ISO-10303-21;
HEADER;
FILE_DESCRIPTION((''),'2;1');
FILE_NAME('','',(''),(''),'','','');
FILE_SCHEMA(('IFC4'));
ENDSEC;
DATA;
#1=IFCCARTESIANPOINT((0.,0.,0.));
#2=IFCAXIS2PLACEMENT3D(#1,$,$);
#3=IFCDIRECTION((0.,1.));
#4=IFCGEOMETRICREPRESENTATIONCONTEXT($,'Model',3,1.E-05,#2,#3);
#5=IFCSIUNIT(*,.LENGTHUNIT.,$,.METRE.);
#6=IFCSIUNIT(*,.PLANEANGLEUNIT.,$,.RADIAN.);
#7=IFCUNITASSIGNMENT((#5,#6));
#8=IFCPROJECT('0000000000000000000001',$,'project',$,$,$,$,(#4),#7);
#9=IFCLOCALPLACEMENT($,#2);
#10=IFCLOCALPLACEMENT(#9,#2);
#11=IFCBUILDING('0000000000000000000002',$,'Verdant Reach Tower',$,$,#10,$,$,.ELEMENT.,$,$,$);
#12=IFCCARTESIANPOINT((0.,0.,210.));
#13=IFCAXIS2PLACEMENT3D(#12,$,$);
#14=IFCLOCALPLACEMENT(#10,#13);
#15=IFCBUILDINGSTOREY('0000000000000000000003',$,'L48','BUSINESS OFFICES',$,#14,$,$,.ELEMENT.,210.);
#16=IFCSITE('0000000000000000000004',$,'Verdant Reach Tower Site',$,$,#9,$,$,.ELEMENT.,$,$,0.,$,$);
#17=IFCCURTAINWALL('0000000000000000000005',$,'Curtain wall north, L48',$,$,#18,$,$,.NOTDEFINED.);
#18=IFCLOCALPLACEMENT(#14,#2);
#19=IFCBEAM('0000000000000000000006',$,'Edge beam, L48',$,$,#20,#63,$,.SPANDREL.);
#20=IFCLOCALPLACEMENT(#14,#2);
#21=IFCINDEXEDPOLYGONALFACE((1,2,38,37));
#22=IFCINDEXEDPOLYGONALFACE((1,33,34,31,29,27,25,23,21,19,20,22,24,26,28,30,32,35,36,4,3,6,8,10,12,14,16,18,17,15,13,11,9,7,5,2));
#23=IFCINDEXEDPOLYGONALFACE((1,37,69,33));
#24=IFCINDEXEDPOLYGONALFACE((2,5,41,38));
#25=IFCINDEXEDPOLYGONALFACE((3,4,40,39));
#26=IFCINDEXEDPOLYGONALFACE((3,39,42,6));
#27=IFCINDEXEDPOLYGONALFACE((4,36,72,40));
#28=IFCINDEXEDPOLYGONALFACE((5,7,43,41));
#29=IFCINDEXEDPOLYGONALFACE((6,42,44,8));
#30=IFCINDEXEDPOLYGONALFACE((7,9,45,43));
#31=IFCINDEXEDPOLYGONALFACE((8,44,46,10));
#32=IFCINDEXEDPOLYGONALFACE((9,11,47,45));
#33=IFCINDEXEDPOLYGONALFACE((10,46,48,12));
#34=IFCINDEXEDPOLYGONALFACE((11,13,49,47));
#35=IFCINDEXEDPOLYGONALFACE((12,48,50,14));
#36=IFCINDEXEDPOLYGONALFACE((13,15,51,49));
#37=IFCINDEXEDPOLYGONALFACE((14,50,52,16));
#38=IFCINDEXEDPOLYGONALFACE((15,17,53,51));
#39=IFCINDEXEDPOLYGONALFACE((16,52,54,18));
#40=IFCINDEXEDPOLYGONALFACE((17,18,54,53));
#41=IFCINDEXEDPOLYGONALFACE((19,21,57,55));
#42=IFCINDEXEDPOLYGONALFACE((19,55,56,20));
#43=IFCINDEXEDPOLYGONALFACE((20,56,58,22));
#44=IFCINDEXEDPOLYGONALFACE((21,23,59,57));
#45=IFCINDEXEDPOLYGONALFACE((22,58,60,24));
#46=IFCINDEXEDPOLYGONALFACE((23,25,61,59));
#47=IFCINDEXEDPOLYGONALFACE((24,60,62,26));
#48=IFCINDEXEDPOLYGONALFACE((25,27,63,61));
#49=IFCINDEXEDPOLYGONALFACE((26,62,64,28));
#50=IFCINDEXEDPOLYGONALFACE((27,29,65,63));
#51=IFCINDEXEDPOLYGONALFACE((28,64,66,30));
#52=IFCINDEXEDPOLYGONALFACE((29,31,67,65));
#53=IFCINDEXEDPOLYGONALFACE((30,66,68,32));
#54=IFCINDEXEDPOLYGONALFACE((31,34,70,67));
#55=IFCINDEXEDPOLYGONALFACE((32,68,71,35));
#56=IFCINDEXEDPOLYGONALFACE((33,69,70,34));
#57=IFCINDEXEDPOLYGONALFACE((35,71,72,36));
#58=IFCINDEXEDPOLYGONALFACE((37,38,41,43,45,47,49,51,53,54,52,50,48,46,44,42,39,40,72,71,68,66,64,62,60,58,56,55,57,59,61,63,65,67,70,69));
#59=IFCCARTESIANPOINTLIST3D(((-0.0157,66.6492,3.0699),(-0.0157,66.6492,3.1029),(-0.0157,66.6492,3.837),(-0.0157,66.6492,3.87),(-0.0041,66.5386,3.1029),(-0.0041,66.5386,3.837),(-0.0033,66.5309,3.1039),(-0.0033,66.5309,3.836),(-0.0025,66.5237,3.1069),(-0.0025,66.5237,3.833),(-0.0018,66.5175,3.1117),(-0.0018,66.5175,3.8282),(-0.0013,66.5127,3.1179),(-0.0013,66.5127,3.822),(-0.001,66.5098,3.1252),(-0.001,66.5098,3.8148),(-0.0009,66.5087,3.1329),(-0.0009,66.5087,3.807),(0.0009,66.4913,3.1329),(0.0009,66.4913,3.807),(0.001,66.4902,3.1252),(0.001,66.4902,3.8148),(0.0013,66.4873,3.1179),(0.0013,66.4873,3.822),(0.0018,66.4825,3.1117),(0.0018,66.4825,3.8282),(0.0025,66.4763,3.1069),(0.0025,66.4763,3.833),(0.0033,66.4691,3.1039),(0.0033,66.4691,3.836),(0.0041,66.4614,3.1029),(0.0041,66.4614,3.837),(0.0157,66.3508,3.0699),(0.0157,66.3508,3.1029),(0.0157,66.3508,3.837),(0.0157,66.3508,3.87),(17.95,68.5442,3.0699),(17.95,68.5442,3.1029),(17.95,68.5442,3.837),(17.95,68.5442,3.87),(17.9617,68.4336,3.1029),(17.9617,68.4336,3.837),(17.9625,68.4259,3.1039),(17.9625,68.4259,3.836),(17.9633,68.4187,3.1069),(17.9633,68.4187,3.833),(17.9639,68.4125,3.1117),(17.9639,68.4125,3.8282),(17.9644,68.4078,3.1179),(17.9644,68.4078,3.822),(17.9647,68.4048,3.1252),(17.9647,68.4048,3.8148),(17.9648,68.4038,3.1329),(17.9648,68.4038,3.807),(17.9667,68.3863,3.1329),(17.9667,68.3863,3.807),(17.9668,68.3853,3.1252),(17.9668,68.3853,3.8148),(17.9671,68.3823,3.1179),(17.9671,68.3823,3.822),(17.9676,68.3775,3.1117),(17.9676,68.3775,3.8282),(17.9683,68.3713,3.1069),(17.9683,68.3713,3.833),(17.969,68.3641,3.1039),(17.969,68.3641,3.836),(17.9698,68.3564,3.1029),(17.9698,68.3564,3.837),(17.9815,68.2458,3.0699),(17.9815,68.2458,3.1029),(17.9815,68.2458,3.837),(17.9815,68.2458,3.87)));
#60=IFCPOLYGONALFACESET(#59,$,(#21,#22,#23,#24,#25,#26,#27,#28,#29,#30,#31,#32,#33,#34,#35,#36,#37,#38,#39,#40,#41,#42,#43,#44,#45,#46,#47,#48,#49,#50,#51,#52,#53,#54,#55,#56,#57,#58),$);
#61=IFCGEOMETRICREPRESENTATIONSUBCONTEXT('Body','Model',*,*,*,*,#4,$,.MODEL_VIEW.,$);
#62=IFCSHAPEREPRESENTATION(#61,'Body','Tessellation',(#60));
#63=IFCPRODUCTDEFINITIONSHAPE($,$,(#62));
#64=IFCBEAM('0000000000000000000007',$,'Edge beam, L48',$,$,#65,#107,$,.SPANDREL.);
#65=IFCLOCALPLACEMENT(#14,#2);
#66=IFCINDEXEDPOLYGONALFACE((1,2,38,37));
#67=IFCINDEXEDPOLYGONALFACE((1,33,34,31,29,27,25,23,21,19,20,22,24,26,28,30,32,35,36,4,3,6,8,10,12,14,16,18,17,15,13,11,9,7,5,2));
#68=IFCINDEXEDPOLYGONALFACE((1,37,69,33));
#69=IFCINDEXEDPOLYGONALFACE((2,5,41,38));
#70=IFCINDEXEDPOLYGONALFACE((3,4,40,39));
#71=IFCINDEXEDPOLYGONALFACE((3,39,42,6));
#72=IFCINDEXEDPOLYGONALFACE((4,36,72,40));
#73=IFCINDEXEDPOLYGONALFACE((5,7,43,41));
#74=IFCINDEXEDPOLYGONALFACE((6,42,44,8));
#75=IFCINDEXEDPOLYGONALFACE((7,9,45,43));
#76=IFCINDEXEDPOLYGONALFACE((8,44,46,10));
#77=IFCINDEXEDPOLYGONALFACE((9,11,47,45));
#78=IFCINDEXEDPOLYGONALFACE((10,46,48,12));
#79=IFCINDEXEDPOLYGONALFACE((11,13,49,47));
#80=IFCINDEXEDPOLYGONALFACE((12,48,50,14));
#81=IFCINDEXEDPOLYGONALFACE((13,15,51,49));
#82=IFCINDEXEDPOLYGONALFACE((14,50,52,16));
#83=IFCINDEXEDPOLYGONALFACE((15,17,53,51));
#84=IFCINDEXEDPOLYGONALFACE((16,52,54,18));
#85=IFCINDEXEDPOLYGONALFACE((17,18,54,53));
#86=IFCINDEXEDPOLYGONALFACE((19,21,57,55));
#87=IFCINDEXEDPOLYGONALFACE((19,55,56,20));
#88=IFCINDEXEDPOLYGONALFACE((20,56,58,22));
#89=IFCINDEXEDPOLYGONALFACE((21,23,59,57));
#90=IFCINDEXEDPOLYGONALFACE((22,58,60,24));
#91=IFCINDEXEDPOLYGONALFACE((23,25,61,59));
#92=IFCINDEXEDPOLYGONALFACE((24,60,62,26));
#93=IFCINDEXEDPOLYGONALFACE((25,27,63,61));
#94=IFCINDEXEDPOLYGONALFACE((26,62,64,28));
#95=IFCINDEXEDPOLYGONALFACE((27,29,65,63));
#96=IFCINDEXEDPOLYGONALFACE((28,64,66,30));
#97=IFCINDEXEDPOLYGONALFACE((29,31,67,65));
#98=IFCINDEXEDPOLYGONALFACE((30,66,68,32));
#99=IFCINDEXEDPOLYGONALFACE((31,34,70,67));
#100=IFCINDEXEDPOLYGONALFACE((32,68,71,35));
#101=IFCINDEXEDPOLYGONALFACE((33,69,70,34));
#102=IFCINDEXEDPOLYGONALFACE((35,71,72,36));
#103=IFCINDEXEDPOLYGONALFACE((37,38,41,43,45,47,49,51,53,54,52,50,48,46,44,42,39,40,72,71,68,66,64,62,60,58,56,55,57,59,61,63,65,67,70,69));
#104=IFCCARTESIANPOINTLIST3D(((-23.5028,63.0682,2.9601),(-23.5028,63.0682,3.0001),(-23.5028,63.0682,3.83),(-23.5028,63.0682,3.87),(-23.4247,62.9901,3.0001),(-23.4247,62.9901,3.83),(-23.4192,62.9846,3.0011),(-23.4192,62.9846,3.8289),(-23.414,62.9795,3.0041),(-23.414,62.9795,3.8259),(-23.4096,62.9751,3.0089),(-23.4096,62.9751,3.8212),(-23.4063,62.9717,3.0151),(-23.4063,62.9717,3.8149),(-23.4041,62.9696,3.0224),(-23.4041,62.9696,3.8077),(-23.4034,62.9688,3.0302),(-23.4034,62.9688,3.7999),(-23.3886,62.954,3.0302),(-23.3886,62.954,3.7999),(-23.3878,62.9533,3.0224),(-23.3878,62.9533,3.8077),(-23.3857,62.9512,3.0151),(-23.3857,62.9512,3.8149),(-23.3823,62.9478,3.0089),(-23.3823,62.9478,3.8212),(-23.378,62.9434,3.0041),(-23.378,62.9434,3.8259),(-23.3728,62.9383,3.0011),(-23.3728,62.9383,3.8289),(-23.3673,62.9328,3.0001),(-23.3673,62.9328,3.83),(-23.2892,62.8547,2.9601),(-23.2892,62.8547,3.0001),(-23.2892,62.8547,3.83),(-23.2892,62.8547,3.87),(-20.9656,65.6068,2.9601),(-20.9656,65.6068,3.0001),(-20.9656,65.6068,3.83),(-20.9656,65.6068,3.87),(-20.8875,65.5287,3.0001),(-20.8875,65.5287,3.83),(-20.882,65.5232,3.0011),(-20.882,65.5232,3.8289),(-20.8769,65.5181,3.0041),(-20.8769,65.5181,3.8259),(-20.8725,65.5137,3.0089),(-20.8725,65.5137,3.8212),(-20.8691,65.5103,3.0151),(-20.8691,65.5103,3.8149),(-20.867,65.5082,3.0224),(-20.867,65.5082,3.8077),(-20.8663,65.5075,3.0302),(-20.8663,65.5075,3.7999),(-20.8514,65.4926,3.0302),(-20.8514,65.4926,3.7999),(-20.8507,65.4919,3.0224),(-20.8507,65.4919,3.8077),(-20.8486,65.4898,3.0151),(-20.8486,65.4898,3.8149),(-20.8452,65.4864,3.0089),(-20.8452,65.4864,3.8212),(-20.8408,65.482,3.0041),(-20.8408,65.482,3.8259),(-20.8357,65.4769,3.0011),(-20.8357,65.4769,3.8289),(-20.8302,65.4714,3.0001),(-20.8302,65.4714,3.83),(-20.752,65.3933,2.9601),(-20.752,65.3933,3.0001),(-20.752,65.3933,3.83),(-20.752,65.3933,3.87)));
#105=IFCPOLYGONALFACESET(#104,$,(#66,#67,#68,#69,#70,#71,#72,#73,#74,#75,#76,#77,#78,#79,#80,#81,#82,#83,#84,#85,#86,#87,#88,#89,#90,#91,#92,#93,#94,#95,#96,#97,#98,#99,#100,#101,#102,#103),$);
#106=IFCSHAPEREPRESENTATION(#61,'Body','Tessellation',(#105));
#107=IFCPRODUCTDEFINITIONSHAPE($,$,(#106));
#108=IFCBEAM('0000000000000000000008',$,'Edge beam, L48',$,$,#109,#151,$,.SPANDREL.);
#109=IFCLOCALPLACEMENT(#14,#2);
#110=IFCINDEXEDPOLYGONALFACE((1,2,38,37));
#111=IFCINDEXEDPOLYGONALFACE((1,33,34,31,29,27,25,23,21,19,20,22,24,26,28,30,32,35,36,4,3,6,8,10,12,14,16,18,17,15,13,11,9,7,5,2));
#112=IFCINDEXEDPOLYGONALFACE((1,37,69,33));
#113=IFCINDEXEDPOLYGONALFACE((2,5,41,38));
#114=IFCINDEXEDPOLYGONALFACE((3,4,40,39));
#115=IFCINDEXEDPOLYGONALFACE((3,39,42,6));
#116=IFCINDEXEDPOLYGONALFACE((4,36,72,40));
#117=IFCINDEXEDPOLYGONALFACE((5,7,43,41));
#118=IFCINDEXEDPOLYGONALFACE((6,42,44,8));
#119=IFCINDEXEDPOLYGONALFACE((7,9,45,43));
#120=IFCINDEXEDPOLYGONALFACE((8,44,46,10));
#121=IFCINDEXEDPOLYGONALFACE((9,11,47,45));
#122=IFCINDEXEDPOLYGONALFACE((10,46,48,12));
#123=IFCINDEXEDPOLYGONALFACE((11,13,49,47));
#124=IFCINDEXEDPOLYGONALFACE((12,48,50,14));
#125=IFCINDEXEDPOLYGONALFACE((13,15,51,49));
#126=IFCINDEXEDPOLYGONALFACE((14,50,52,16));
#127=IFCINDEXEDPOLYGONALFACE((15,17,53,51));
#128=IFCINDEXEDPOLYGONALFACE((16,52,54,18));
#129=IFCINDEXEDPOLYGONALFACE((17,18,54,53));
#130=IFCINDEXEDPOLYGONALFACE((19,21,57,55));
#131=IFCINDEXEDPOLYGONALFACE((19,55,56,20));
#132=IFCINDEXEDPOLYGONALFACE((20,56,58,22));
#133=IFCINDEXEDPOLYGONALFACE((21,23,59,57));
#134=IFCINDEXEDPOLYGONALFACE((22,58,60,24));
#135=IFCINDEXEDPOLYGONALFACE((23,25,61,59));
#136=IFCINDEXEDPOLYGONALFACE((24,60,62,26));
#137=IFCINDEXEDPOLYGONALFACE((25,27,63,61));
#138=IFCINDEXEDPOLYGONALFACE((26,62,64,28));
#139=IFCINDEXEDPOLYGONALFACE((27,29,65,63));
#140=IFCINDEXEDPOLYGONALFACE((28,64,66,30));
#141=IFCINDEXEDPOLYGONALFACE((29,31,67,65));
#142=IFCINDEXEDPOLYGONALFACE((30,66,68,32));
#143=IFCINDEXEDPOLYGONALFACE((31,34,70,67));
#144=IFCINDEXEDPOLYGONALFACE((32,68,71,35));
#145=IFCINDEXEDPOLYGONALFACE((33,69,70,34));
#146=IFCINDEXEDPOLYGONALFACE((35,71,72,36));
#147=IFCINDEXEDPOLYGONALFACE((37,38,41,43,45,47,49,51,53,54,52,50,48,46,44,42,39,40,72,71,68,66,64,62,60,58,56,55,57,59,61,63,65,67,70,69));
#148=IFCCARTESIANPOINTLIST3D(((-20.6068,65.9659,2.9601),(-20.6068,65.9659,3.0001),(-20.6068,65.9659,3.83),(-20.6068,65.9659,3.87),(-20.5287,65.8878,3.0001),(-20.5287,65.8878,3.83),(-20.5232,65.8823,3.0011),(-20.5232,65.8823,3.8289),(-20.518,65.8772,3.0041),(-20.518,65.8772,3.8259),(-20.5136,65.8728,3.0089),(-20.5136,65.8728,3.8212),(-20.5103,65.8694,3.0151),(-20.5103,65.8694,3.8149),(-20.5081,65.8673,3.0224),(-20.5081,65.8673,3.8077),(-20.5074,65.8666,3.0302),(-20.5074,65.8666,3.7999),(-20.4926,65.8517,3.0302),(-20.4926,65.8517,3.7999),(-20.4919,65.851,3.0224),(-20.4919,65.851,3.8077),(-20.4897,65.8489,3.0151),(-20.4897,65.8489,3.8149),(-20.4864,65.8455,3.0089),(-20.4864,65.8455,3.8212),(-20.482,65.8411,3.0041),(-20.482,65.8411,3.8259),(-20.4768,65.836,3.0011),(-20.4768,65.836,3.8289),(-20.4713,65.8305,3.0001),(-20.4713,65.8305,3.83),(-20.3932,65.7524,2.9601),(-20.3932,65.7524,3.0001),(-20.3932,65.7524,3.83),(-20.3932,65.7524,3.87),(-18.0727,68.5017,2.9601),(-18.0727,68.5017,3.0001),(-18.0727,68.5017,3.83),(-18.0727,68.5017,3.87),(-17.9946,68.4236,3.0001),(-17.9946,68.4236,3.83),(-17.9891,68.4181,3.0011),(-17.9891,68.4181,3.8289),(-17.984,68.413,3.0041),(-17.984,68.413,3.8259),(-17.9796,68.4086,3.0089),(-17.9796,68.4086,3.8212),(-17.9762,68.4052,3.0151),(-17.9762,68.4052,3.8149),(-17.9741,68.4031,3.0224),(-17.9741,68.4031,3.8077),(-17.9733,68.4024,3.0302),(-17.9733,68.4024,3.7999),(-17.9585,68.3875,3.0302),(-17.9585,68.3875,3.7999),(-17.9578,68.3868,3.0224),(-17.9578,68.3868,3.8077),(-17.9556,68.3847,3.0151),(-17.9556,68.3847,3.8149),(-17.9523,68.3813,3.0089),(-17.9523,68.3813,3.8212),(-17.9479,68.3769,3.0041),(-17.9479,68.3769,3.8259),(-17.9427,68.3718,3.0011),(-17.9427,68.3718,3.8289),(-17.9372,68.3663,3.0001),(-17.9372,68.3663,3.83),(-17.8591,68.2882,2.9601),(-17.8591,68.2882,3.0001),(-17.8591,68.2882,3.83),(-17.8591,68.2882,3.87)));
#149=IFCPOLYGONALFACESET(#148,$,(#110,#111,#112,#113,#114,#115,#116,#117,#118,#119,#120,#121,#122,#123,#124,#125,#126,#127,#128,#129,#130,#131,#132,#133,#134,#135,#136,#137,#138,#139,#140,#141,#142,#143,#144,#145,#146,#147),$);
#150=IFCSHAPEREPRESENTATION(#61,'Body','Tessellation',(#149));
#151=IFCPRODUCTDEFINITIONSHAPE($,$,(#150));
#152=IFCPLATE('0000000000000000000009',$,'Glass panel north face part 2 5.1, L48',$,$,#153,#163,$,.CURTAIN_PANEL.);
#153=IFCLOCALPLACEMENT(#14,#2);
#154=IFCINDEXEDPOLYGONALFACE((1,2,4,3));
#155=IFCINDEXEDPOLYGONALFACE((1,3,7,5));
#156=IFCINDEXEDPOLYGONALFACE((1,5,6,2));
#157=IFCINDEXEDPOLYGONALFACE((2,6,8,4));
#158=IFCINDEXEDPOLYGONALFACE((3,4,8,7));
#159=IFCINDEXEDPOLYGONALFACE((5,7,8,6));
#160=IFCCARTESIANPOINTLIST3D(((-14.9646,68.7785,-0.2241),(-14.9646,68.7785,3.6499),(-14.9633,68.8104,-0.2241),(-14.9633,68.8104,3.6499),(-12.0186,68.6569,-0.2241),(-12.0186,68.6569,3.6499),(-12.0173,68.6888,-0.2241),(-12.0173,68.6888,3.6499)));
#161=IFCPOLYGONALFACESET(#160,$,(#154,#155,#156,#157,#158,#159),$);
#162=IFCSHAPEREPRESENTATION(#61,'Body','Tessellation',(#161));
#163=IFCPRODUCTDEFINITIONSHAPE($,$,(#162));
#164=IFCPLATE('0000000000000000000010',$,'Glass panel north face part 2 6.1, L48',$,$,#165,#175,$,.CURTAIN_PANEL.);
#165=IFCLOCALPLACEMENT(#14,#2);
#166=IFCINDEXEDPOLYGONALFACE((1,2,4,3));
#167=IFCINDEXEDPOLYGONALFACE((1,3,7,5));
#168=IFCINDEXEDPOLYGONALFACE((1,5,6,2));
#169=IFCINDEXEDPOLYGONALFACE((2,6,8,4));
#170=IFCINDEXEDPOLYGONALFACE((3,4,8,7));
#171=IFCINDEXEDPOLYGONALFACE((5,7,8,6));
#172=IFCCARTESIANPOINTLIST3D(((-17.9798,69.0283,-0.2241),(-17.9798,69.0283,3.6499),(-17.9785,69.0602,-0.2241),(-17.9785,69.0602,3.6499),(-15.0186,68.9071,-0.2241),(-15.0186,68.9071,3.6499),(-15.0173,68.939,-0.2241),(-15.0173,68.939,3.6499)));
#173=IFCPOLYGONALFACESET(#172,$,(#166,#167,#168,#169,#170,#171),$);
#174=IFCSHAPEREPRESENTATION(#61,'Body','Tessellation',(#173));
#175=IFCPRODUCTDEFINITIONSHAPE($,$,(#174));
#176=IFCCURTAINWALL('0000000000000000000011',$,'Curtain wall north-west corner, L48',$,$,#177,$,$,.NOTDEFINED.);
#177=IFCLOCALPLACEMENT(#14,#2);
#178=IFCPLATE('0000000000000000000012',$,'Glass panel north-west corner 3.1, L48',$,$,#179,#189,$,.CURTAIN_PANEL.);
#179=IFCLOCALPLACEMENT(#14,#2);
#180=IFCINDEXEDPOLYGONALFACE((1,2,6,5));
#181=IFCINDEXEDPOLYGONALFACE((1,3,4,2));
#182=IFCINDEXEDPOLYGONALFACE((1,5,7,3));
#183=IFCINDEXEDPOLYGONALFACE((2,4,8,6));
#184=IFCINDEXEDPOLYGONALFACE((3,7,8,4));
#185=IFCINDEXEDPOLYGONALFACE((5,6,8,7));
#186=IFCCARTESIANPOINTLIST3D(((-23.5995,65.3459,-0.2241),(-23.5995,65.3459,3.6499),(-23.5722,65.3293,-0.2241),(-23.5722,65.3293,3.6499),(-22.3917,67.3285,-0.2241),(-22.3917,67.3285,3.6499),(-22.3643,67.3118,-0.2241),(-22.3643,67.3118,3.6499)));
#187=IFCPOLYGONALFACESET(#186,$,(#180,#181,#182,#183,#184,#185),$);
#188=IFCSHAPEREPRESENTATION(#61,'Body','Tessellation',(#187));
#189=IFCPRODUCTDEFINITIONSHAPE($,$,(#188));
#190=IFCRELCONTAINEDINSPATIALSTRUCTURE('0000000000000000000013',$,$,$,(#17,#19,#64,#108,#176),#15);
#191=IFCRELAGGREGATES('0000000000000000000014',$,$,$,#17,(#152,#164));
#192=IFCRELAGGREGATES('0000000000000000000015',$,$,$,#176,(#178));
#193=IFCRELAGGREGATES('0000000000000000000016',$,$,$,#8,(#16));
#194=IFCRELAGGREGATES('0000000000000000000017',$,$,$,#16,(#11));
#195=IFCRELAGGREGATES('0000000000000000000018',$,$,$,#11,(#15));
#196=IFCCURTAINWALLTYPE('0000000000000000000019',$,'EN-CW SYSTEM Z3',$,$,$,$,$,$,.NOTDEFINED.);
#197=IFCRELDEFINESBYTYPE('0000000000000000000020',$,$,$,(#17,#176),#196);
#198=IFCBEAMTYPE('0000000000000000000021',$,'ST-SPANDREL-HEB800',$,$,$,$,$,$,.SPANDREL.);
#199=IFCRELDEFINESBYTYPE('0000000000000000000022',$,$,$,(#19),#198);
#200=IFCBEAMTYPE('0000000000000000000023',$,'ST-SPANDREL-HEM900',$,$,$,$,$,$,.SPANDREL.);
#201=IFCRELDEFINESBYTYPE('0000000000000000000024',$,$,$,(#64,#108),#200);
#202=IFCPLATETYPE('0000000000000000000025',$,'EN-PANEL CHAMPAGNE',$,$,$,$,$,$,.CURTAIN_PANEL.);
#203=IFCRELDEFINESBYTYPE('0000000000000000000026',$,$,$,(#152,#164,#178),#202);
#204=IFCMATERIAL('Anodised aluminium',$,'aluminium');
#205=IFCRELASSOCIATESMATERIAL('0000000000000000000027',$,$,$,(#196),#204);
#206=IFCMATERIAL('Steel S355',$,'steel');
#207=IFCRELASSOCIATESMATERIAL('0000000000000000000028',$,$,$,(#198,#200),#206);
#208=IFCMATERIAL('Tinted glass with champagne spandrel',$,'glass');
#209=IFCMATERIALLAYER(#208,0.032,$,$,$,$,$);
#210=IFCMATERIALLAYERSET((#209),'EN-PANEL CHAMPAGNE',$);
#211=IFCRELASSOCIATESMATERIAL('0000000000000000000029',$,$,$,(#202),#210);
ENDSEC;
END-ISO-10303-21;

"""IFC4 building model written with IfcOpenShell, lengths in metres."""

from ifc_helpers import new_model, si_unit, direction, frame, origin, origin_2d, place, context, subcontext, project, spatial, rectangle, i_section, extrude, material, layer, layer_set, material_profile, profile_set, type_object, element, aggregate, save


model = new_model("IFC4")

# Units and contexts
model_context = context("Model", 3, precision=1e-05, world=origin(), true_north=direction((0.0, 1.0)))
body_context = subcontext(model_context, "Body", "Model", "MODEL_VIEW")
ifc_project = project(units=[si_unit("LENGTHUNIT", "METRE"), si_unit("PLANEANGLEUNIT", "RADIAN")], contexts=[model_context])

# Site, building, storey
site_placement = place(None, origin())
site = spatial("IfcSite", under=ifc_project, at=site_placement, Name="Verdant Reach Tower Site", CompositionType="ELEMENT", RefElevation=0.0)
building_placement = place(site_placement, origin())
building = spatial("IfcBuilding", under=site, at=building_placement, Name="Verdant Reach Tower", CompositionType="ELEMENT")
storey_placement = place(building_placement, frame((0.0, 0.0, 210.0)))
storey = spatial("IfcBuildingStorey", under=building, at=storey_placement, Name="L48", Description="BUSINESS OFFICES", CompositionType="ELEMENT", Elevation=210.0)

# Curtain wall
ifc_material_1 = material(Name="Anodised aluminium", Category="aluminium")
curtain_wall_type = type_object("IfcCurtainWallType", Name="EN-CW SYSTEM Z3", PredefinedType="NOTDEFINED", material=ifc_material_1)
curtain_wall_1_placement = place(storey_placement, origin())
curtain_wall_1 = element("IfcCurtainWall", 1, at=curtain_wall_1_placement, inside=storey, type_object=curtain_wall_type, Name="Curtain wall north, L48", PredefinedType="NOTDEFINED")

# Beams
ifc_material_2 = material(Name="Steel S355", Category="steel")
ifc_material_profile_1 = material_profile(ifc_material_2, i_section(OverallWidth=0.3, OverallDepth=0.8, WebThickness=0.0176, FlangeThickness=0.033, FilletRadius=0.03, at=origin_2d()), Name="HEB 800")
ifc_profile_set_1 = profile_set([ifc_material_profile_1], Name="Steel S355")
beam_type_1 = type_object("IfcBeamType", Name="ST-SPANDREL-HEB800", PredefinedType="SPANDREL", material=ifc_profile_set_1)
for number, where, z_axis, x_axis, name in (
    (2, (0.0, 66.5, 3.47), (0.994483, 0.104897, 0.0), (-0.104897, 0.994483, 0.0), "Edge beam, L48"),
):
    element("IfcBeam", number, at=place(storey_placement, frame(where, z_axis=z_axis, x_axis=x_axis)), inside=storey, type_object=beam_type_1, Name=name, PredefinedType="SPANDREL", context=body_context, shape_type="SweptSolid", body=[
        extrude(i_section(OverallWidth=0.3, OverallDepth=0.8, WebThickness=0.0176, FlangeThickness=0.033, FilletRadius=0.03, at=origin_2d()), origin(), (0.0, 0.0, 1.0), 18.0654),
    ])
ifc_material_profile_2 = material_profile(ifc_material_2, i_section(OverallWidth=0.302, OverallDepth=0.9099, WebThickness=0.021, FlangeThickness=0.04, FilletRadius=0.03, at=origin_2d()), Name="HEM 900")
ifc_profile_set_2 = profile_set([ifc_material_profile_2], Name="Steel S355")
beam_type_2 = type_object("IfcBeamType", Name="ST-SPANDREL-HEM900", PredefinedType="SPANDREL", material=ifc_profile_set_2)
beam_1_placement = place(storey_placement, frame((-23.396, 62.9614, 3.415), z_axis=(0.706903, 0.707311, 0.0), x_axis=(-0.707311, 0.706903, 0.0)))
element("IfcBeam", 3, at=beam_1_placement, inside=storey, type_object=beam_type_2, Name="Edge beam, L48", PredefinedType="SPANDREL", context=body_context, shape_type="SweptSolid", body=[
    extrude(i_section(OverallWidth=0.302, OverallDepth=0.9099, WebThickness=0.021, FlangeThickness=0.04, FilletRadius=0.03, at=origin_2d()), origin(), (0.0, 0.0, 1.0), 3.5891),
])
beam_2_placement = place(storey_placement, frame((-20.5, 65.8591, 3.415), z_axis=(0.706868, 0.707345, 0.0), x_axis=(-0.707345, 0.706868, 0.0)))
element("IfcBeam", 4, at=beam_2_placement, inside=storey, type_object=beam_type_2, Name="Edge beam, L48", PredefinedType="SPANDREL", context=body_context, shape_type="SweptSolid", body=[
    extrude(i_section(OverallWidth=0.302, OverallDepth=0.9099, WebThickness=0.021, FlangeThickness=0.04, FilletRadius=0.03, at=origin_2d()), origin(), (0.0, 0.0, 1.0), 3.585),
])

# Plates
ifc_material_3 = material(Name="Tinted glass with champagne spandrel", Category="glass")
ifc_layer_1 = layer(ifc_material_3, 0.032)
ifc_layer_set_1 = layer_set([ifc_layer_1], Name="EN-PANEL CHAMPAGNE")
plate_type_1 = type_object("IfcPlateType", Name="EN-PANEL CHAMPAGNE", PredefinedType="CURTAIN_PANEL", material=ifc_layer_set_1)
plate_1_placement = place(storey_placement, frame((-13.491, 68.7336, -0.2241), z_axis=(0.0, 0.0, 1.0), x_axis=(-0.999149, 0.041242, 0.0)))
plate_1 = element("IfcPlate", 5, at=plate_1_placement, type_object=plate_type_1, Name="Glass panel north face part 2 5.1, L48", PredefinedType="CURTAIN_PANEL", context=body_context, shape_type="SweptSolid", body=[
    extrude(rectangle(XDim=2.9485, YDim=0.032, at=origin_2d()), origin(), (0.0, 0.0, 1.0), 3.874),
])
plate_2_placement = place(storey_placement, frame((-16.4985, 68.9836, -0.2241), z_axis=(0.0, 0.0, 1.0), x_axis=(-0.999164, 0.040891, 0.0)))
plate_2 = element("IfcPlate", 6, at=plate_2_placement, type_object=plate_type_1, Name="Glass panel north face part 2 6.1, L48", PredefinedType="CURTAIN_PANEL", context=body_context, shape_type="SweptSolid", body=[
    extrude(rectangle(XDim=2.9636, YDim=0.032, at=origin_2d()), origin(), (0.0, 0.0, 1.0), 3.874),
])

# Curtain wall, plate
curtain_wall_2_placement = place(storey_placement, origin())
curtain_wall_2 = element("IfcCurtainWall", 7, at=curtain_wall_2_placement, inside=storey, type_object=curtain_wall_type, Name="Curtain wall north-west corner, L48", PredefinedType="NOTDEFINED")
plate_3_placement = place(storey_placement, frame((-22.9819, 66.3289, -0.2241), z_axis=(0.0, 0.0, 1.0), x_axis=(-0.520292, -0.853989, 0.0)))
plate_3 = element("IfcPlate", 8, at=plate_3_placement, type_object=plate_type_1, Name="Glass panel north-west corner 3.1, L48", PredefinedType="CURTAIN_PANEL", context=body_context, shape_type="SweptSolid", body=[
    extrude(rectangle(XDim=2.3215, YDim=0.032, at=origin_2d()), origin(), (0.0, 0.0, 1.0), 3.874),
])

aggregate(curtain_wall_1, [plate_1, plate_2])
aggregate(curtain_wall_2, [plate_3])

save(model, "model.ifc")
